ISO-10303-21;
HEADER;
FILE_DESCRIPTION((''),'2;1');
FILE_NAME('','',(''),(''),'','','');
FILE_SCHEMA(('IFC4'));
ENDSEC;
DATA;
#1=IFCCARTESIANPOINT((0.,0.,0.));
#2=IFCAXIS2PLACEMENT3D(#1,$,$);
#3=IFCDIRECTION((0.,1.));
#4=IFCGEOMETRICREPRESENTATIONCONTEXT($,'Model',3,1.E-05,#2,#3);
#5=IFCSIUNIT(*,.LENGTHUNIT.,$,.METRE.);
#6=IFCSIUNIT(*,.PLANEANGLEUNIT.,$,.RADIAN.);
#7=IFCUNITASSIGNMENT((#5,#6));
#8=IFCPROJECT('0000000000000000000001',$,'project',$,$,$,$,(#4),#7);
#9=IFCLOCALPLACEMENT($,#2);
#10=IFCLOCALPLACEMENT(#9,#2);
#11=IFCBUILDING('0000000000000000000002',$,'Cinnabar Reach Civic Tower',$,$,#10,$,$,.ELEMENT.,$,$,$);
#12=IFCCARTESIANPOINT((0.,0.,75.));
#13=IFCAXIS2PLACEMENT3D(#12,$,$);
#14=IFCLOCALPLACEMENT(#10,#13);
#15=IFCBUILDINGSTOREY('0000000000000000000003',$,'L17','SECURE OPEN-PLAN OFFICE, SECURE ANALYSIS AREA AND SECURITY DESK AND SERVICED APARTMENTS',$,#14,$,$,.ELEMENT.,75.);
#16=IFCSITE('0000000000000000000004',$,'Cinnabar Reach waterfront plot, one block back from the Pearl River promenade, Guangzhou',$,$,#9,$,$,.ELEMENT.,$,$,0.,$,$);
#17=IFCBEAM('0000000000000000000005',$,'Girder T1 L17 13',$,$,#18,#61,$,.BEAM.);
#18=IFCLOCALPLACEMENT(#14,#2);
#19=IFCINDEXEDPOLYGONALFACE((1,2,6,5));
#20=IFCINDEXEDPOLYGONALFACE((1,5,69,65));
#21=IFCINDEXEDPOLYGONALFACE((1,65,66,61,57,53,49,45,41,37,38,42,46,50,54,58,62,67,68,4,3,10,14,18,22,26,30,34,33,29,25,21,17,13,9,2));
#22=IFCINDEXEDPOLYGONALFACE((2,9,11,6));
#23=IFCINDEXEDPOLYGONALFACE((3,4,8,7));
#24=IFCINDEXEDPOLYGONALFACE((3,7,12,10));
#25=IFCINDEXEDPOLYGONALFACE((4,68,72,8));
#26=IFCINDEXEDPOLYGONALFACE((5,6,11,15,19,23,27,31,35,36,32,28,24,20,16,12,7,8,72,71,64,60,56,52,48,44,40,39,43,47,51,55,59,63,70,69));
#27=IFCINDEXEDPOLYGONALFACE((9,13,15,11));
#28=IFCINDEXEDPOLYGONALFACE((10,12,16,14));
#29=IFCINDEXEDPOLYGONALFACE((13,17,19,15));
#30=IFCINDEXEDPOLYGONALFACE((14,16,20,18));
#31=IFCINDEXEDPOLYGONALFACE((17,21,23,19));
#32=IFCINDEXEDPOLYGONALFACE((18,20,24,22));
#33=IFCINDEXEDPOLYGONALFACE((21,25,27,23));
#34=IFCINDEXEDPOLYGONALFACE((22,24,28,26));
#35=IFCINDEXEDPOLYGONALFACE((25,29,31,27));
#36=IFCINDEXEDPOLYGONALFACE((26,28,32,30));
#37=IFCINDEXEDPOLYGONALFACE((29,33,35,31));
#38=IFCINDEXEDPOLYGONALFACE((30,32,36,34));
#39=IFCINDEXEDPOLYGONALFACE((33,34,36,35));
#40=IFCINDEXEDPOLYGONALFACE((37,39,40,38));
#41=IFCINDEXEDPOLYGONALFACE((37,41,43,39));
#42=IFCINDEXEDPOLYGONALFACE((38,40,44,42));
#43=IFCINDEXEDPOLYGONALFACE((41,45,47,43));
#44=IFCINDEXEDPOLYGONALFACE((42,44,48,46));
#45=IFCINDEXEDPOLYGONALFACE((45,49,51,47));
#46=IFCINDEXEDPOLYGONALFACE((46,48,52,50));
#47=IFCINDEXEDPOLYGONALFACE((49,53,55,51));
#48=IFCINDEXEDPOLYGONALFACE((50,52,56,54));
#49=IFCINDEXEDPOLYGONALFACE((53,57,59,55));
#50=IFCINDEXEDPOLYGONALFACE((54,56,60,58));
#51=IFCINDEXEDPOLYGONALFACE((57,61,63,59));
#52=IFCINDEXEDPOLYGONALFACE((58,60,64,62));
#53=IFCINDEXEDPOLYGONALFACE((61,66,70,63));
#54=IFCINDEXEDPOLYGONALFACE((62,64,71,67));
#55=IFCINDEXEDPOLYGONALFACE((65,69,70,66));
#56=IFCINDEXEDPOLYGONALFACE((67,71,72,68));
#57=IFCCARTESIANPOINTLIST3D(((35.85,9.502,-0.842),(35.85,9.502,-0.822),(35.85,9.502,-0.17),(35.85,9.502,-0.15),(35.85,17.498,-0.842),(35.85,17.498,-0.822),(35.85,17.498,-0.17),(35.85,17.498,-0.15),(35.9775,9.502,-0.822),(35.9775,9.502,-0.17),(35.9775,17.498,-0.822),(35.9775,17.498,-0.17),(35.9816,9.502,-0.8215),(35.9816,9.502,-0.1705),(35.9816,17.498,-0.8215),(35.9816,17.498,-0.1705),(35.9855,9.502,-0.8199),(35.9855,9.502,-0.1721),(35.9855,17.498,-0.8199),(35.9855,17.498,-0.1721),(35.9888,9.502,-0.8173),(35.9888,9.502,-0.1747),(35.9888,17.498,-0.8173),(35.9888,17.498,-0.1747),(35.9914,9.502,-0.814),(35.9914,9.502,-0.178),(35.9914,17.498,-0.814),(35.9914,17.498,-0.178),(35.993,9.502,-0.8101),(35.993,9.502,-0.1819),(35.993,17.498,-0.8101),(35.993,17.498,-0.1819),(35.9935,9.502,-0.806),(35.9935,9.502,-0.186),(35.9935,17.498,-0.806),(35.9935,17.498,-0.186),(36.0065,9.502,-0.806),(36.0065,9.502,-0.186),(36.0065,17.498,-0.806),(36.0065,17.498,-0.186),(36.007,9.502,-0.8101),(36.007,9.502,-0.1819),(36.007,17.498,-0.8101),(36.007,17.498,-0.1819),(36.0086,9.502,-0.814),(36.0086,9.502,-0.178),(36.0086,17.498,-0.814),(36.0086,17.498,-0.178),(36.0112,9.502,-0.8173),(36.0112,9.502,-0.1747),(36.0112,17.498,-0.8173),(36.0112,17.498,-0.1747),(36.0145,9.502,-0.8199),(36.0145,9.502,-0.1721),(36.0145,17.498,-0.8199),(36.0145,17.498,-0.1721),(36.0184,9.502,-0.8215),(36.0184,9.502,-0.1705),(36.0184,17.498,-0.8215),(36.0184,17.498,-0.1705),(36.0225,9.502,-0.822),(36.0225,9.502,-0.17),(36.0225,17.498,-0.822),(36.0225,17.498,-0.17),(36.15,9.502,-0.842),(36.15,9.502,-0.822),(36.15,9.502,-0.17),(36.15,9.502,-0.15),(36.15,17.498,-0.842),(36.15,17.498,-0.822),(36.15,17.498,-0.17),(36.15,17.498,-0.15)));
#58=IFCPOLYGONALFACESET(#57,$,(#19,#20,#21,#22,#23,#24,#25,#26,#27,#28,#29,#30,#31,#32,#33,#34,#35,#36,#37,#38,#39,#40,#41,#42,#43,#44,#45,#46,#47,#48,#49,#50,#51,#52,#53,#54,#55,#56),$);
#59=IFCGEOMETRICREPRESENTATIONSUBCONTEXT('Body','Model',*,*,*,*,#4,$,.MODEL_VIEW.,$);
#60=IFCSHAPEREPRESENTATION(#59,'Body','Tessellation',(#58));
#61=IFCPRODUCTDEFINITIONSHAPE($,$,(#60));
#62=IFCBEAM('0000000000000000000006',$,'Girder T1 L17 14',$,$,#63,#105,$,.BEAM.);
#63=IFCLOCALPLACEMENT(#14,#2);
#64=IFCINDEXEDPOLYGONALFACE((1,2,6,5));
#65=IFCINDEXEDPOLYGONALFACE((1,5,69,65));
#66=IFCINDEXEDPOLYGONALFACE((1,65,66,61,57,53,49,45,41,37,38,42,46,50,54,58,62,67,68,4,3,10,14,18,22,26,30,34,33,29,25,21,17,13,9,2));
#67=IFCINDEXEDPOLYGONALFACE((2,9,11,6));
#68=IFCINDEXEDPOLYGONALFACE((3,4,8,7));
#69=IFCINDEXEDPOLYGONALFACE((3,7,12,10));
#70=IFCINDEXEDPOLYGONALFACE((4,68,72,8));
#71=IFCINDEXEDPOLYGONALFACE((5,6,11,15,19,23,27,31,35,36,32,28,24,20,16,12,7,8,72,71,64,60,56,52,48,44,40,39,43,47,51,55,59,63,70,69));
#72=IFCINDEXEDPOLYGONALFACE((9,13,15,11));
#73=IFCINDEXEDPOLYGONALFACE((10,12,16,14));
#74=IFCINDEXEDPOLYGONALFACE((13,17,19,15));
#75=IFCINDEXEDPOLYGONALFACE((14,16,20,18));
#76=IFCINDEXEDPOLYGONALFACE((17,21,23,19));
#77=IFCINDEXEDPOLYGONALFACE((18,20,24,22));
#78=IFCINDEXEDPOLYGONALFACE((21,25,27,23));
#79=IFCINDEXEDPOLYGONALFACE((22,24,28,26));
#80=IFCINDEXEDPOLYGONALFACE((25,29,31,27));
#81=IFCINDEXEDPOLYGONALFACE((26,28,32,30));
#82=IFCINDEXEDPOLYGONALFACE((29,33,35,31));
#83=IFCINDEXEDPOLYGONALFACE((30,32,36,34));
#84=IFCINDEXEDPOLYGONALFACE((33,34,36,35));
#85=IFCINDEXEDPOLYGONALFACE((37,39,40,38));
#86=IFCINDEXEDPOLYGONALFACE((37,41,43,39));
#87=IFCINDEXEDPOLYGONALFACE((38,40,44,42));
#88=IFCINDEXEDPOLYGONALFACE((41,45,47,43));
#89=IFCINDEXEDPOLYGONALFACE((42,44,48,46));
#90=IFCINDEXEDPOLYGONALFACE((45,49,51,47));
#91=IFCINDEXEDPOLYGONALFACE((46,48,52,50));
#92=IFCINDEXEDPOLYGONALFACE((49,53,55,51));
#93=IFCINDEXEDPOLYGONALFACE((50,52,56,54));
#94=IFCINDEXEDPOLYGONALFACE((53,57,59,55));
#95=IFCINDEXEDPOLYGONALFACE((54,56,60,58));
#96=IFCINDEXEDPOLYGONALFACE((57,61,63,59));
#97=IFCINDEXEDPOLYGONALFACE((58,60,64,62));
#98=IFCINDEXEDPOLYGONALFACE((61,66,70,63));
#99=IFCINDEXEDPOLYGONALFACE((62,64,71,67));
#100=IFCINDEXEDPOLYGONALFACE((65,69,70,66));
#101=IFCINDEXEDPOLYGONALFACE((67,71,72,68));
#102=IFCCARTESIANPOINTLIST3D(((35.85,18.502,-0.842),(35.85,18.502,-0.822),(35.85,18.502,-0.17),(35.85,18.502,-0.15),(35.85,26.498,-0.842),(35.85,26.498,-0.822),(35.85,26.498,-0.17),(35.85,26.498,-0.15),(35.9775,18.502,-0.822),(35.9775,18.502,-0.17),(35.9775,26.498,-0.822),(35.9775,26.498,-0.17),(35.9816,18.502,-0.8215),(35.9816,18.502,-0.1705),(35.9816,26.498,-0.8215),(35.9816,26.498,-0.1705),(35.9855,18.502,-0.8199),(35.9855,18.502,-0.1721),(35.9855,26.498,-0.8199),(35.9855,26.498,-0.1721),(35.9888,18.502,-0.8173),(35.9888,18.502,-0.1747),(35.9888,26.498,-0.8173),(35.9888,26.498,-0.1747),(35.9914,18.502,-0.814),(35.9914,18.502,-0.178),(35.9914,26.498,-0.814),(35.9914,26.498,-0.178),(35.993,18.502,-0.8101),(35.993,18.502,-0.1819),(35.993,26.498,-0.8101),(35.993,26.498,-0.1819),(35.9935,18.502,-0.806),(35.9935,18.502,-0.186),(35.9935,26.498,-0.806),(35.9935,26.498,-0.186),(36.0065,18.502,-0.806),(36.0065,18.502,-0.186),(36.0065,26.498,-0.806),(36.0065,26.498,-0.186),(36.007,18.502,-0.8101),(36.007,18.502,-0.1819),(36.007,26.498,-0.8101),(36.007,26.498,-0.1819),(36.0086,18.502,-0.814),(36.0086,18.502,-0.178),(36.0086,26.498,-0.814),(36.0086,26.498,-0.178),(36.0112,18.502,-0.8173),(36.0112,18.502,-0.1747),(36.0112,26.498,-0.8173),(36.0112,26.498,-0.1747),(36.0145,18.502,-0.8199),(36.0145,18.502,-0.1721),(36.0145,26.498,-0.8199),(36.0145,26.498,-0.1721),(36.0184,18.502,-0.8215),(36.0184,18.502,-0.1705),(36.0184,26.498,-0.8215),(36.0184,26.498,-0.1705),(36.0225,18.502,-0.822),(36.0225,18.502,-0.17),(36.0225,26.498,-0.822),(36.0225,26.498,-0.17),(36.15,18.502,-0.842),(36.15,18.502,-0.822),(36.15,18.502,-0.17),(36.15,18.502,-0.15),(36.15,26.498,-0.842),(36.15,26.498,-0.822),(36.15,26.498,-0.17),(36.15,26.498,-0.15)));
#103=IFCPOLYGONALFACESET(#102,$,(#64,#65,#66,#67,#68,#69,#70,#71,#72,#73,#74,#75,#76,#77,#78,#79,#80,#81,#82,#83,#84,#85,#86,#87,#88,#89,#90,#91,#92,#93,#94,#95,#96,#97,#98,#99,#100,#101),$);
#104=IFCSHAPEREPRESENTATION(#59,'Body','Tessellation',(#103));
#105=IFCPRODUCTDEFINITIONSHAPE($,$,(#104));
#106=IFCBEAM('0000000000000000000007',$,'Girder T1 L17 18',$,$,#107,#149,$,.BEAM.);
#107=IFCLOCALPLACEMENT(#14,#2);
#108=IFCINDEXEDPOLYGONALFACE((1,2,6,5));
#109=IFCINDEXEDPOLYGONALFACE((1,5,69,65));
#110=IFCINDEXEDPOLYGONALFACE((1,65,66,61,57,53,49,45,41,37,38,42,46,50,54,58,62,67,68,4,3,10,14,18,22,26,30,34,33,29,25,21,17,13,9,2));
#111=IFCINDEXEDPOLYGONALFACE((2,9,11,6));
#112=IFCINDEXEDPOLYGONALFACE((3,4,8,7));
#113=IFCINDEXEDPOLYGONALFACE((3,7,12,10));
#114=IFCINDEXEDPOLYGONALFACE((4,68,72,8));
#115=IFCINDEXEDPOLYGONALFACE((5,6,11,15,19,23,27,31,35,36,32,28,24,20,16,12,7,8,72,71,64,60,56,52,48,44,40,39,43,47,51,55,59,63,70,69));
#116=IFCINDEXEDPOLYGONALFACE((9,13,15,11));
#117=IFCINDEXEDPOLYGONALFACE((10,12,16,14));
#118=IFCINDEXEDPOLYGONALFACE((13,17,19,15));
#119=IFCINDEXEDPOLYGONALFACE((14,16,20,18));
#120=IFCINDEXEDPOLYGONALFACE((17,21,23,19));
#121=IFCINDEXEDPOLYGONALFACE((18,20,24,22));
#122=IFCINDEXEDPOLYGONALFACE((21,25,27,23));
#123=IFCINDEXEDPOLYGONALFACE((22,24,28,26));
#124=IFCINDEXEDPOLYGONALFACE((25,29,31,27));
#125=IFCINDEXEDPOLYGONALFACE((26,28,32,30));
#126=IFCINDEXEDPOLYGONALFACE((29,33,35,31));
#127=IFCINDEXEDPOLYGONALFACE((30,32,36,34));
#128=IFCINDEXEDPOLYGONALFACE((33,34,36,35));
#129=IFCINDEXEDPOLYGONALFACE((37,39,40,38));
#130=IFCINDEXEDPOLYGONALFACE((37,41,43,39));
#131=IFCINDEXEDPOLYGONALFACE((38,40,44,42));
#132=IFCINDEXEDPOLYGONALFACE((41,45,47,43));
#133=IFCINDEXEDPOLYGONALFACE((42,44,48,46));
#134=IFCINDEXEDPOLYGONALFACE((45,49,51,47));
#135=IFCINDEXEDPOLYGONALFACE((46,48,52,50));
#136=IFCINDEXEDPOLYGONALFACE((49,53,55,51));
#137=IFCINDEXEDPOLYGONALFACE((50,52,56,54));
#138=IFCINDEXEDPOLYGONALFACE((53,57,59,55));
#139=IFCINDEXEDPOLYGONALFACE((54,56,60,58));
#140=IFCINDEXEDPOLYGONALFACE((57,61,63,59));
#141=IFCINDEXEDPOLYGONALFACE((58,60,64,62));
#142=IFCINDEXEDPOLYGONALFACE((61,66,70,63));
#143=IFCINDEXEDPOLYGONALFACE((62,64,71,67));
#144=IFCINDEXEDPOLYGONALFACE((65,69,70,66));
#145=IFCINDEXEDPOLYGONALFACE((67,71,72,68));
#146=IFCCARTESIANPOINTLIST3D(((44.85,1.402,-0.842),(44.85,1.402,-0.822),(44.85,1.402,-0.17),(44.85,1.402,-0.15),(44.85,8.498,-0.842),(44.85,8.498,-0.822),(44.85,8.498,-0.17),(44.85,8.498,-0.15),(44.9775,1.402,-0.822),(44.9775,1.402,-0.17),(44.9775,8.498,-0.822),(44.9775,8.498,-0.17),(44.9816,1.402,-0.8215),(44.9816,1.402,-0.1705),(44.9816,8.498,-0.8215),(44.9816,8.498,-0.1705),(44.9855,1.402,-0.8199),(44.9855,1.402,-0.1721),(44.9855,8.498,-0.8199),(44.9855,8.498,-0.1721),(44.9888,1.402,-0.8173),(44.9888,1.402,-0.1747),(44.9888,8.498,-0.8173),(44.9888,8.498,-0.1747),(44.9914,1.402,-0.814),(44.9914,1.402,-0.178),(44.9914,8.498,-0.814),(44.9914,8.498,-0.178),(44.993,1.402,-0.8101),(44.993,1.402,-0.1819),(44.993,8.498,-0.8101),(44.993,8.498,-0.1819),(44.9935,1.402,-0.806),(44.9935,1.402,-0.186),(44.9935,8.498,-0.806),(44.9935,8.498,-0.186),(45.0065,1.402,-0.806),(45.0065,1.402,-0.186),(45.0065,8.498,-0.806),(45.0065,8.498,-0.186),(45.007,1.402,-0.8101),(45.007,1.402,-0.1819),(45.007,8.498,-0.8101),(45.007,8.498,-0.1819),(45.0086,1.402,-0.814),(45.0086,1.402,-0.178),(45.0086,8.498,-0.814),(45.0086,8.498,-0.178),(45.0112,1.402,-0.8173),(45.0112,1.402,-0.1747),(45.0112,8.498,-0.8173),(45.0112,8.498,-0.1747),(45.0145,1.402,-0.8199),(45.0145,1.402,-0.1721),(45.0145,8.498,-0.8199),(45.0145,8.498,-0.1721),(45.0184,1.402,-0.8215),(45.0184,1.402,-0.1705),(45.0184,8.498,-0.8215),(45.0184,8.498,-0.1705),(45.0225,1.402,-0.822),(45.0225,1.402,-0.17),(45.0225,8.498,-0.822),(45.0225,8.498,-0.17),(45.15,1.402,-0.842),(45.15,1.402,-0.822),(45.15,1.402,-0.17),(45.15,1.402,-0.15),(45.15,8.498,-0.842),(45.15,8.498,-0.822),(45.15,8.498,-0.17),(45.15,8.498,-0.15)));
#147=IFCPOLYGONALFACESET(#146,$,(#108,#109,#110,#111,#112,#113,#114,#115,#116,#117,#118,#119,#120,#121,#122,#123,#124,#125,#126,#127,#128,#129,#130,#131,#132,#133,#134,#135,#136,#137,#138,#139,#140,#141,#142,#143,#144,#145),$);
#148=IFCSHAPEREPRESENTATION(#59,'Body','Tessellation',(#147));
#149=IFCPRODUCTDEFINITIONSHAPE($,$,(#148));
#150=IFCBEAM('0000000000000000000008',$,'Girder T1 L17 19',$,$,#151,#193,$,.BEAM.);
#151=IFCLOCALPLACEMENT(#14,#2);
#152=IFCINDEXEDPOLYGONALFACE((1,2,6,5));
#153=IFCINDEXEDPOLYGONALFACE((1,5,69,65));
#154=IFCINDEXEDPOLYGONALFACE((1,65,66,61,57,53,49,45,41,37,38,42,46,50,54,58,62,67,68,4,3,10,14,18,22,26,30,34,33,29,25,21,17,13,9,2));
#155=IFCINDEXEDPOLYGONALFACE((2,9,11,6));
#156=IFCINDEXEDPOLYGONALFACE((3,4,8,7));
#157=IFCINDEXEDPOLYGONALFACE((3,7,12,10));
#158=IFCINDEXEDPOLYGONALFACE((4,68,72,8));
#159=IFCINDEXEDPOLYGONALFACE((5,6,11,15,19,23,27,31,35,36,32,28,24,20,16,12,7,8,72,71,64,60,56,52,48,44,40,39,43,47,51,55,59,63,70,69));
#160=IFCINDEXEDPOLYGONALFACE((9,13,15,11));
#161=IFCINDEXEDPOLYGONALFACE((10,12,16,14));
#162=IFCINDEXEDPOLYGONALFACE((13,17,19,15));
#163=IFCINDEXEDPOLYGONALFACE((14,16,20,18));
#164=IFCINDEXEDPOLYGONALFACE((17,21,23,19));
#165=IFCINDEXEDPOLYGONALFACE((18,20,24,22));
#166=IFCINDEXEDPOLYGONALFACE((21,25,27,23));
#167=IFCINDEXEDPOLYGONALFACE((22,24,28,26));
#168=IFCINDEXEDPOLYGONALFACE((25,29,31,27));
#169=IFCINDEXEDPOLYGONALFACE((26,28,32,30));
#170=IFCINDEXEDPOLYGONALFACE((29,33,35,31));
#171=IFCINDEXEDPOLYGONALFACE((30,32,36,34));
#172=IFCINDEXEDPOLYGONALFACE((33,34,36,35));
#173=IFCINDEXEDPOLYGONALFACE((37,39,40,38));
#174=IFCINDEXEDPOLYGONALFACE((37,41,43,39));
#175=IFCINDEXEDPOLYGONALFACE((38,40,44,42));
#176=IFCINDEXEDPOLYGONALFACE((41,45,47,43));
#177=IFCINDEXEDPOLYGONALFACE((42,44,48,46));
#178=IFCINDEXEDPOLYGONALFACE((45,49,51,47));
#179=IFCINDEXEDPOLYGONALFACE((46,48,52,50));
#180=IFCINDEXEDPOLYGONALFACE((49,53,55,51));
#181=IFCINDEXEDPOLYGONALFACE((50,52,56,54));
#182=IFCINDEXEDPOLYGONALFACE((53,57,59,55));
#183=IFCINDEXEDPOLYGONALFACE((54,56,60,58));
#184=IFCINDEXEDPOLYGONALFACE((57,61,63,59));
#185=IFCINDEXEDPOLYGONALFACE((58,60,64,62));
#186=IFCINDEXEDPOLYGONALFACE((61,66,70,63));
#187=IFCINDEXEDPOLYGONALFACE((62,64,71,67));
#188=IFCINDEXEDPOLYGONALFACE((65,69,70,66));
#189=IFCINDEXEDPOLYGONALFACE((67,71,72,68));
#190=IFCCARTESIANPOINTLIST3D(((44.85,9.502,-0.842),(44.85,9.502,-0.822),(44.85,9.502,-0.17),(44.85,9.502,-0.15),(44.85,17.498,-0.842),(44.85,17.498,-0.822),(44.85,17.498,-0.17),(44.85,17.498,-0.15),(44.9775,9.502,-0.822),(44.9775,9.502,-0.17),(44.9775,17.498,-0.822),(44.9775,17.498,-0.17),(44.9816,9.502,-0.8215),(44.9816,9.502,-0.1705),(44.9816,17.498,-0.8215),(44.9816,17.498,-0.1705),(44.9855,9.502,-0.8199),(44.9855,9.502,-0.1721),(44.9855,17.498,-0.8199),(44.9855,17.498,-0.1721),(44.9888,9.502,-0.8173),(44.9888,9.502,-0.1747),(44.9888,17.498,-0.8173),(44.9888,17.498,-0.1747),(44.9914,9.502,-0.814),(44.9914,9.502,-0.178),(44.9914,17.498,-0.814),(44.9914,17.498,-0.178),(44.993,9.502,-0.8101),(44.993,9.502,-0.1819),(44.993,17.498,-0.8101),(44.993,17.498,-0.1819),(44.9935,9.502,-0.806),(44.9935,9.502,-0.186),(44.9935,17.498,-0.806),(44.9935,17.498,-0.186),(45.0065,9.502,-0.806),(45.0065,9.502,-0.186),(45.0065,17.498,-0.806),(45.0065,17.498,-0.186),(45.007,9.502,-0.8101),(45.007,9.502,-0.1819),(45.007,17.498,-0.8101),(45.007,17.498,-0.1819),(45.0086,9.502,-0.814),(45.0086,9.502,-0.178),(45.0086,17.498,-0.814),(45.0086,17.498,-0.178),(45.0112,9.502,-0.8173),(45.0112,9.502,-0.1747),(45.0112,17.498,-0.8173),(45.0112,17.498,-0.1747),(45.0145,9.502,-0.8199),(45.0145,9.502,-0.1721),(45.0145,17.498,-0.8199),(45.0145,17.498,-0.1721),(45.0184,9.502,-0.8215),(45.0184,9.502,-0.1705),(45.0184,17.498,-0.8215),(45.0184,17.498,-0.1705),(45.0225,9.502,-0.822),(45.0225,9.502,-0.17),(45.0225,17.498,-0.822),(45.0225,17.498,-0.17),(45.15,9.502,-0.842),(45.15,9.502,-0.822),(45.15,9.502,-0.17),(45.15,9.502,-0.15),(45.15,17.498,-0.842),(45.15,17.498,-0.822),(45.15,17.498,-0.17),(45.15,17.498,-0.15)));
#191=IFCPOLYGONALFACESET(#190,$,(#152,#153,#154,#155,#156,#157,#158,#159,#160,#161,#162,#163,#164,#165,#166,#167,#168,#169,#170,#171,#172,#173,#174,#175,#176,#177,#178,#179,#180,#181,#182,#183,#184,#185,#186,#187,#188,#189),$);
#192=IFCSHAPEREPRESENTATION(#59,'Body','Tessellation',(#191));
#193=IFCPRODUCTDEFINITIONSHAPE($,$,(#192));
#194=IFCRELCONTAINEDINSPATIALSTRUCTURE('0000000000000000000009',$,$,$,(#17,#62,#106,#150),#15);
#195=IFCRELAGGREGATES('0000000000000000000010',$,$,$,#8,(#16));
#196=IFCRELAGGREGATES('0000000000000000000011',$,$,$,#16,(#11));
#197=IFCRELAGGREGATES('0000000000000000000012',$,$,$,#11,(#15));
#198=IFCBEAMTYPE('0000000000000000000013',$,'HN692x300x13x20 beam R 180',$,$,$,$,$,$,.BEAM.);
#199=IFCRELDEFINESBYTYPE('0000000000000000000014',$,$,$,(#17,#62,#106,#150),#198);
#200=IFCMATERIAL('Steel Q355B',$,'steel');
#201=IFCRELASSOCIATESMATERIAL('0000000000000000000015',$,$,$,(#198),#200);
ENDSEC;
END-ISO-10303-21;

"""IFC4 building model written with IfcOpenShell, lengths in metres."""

from ifc_helpers import new_model, si_unit, direction, frame, origin, origin_2d, place, context, subcontext, project, spatial, i_section, extrude, material, material_profile, profile_set, type_object, element, save


model = new_model("IFC4")

# Units and contexts
model_context = context("Model", 3, precision=1e-05, world=origin(), true_north=direction((0.0, 1.0)))
body_context = subcontext(model_context, "Body", "Model", "MODEL_VIEW")
ifc_project = project(units=[si_unit("LENGTHUNIT", "METRE"), si_unit("PLANEANGLEUNIT", "RADIAN")], contexts=[model_context])

# Site, building, storey
site_placement = place(None, origin())
site = spatial("IfcSite", under=ifc_project, at=site_placement, Name="Cinnabar Reach waterfront plot, one block back from the Pearl River promenade, Guangzhou", CompositionType="ELEMENT", RefElevation=0.0)
building_placement = place(site_placement, origin())
building = spatial("IfcBuilding", under=site, at=building_placement, Name="Cinnabar Reach Civic Tower", CompositionType="ELEMENT")
storey_placement = place(building_placement, frame((0.0, 0.0, 75.0)))
storey = spatial("IfcBuildingStorey", under=building, at=storey_placement, Name="L17", Description="SECURE OPEN-PLAN OFFICE, SECURE ANALYSIS AREA AND SECURITY DESK AND SERVICED APARTMENTS", CompositionType="ELEMENT", Elevation=75.0)

# Beams
ifc_material_1 = material(Name="Steel Q355B", Category="steel")
ifc_material_profile_1 = material_profile(ifc_material_1, i_section(OverallWidth=0.3, OverallDepth=0.692, WebThickness=0.013, FlangeThickness=0.02, FilletRadius=0.016, at=origin_2d()), Name="HN692x300x13x20")
ifc_profile_set_1 = profile_set([ifc_material_profile_1], Name="Steel Q355B")
beam_type_1 = type_object("IfcBeamType", Name="HN692x300x13x20 beam R 180", PredefinedType="BEAM", material=ifc_profile_set_1)
for number, where, z_axis, x_axis, name in (
    (1, (36.0, 9.502, -0.496), (0.0, 1.0, 0.0), (-1.0, 0.0, 0.0), "Girder T1 L17 13"),
    (2, (36.0, 18.502, -0.496), (0.0, 1.0, 0.0), (-1.0, 0.0, 0.0), "Girder T1 L17 14"),
):
    element("IfcBeam", number, at=place(storey_placement, frame(where, z_axis=z_axis, x_axis=x_axis)), inside=storey, type_object=beam_type_1, Name=name, PredefinedType="BEAM", context=body_context, shape_type="SweptSolid", body=[
        extrude(i_section(OverallWidth=0.3, OverallDepth=0.692, WebThickness=0.013, FlangeThickness=0.02, FilletRadius=0.016, at=origin_2d()), origin(), (0.0, 0.0, 1.0), 7.996),
    ])
beam_1_placement = place(storey_placement, frame((45.0, 1.402, -0.496), z_axis=(0.0, 1.0, 0.0), x_axis=(-1.0, 0.0, 0.0)))
element("IfcBeam", 3, at=beam_1_placement, inside=storey, type_object=beam_type_1, Name="Girder T1 L17 18", PredefinedType="BEAM", context=body_context, shape_type="SweptSolid", body=[
    extrude(i_section(OverallWidth=0.3, OverallDepth=0.692, WebThickness=0.013, FlangeThickness=0.02, FilletRadius=0.016, at=origin_2d()), origin(), (0.0, 0.0, 1.0), 7.096),
])
for number, where, z_axis, x_axis, name in (
    (4, (45.0, 9.502, -0.496), (0.0, 1.0, 0.0), (-1.0, 0.0, 0.0), "Girder T1 L17 19"),
):
    element("IfcBeam", number, at=place(storey_placement, frame(where, z_axis=z_axis, x_axis=x_axis)), inside=storey, type_object=beam_type_1, Name=name, PredefinedType="BEAM", context=body_context, shape_type="SweptSolid", body=[
        extrude(i_section(OverallWidth=0.3, OverallDepth=0.692, WebThickness=0.013, FlangeThickness=0.02, FilletRadius=0.016, at=origin_2d()), origin(), (0.0, 0.0, 1.0), 7.996),
    ])

save(model, "model.ifc")
